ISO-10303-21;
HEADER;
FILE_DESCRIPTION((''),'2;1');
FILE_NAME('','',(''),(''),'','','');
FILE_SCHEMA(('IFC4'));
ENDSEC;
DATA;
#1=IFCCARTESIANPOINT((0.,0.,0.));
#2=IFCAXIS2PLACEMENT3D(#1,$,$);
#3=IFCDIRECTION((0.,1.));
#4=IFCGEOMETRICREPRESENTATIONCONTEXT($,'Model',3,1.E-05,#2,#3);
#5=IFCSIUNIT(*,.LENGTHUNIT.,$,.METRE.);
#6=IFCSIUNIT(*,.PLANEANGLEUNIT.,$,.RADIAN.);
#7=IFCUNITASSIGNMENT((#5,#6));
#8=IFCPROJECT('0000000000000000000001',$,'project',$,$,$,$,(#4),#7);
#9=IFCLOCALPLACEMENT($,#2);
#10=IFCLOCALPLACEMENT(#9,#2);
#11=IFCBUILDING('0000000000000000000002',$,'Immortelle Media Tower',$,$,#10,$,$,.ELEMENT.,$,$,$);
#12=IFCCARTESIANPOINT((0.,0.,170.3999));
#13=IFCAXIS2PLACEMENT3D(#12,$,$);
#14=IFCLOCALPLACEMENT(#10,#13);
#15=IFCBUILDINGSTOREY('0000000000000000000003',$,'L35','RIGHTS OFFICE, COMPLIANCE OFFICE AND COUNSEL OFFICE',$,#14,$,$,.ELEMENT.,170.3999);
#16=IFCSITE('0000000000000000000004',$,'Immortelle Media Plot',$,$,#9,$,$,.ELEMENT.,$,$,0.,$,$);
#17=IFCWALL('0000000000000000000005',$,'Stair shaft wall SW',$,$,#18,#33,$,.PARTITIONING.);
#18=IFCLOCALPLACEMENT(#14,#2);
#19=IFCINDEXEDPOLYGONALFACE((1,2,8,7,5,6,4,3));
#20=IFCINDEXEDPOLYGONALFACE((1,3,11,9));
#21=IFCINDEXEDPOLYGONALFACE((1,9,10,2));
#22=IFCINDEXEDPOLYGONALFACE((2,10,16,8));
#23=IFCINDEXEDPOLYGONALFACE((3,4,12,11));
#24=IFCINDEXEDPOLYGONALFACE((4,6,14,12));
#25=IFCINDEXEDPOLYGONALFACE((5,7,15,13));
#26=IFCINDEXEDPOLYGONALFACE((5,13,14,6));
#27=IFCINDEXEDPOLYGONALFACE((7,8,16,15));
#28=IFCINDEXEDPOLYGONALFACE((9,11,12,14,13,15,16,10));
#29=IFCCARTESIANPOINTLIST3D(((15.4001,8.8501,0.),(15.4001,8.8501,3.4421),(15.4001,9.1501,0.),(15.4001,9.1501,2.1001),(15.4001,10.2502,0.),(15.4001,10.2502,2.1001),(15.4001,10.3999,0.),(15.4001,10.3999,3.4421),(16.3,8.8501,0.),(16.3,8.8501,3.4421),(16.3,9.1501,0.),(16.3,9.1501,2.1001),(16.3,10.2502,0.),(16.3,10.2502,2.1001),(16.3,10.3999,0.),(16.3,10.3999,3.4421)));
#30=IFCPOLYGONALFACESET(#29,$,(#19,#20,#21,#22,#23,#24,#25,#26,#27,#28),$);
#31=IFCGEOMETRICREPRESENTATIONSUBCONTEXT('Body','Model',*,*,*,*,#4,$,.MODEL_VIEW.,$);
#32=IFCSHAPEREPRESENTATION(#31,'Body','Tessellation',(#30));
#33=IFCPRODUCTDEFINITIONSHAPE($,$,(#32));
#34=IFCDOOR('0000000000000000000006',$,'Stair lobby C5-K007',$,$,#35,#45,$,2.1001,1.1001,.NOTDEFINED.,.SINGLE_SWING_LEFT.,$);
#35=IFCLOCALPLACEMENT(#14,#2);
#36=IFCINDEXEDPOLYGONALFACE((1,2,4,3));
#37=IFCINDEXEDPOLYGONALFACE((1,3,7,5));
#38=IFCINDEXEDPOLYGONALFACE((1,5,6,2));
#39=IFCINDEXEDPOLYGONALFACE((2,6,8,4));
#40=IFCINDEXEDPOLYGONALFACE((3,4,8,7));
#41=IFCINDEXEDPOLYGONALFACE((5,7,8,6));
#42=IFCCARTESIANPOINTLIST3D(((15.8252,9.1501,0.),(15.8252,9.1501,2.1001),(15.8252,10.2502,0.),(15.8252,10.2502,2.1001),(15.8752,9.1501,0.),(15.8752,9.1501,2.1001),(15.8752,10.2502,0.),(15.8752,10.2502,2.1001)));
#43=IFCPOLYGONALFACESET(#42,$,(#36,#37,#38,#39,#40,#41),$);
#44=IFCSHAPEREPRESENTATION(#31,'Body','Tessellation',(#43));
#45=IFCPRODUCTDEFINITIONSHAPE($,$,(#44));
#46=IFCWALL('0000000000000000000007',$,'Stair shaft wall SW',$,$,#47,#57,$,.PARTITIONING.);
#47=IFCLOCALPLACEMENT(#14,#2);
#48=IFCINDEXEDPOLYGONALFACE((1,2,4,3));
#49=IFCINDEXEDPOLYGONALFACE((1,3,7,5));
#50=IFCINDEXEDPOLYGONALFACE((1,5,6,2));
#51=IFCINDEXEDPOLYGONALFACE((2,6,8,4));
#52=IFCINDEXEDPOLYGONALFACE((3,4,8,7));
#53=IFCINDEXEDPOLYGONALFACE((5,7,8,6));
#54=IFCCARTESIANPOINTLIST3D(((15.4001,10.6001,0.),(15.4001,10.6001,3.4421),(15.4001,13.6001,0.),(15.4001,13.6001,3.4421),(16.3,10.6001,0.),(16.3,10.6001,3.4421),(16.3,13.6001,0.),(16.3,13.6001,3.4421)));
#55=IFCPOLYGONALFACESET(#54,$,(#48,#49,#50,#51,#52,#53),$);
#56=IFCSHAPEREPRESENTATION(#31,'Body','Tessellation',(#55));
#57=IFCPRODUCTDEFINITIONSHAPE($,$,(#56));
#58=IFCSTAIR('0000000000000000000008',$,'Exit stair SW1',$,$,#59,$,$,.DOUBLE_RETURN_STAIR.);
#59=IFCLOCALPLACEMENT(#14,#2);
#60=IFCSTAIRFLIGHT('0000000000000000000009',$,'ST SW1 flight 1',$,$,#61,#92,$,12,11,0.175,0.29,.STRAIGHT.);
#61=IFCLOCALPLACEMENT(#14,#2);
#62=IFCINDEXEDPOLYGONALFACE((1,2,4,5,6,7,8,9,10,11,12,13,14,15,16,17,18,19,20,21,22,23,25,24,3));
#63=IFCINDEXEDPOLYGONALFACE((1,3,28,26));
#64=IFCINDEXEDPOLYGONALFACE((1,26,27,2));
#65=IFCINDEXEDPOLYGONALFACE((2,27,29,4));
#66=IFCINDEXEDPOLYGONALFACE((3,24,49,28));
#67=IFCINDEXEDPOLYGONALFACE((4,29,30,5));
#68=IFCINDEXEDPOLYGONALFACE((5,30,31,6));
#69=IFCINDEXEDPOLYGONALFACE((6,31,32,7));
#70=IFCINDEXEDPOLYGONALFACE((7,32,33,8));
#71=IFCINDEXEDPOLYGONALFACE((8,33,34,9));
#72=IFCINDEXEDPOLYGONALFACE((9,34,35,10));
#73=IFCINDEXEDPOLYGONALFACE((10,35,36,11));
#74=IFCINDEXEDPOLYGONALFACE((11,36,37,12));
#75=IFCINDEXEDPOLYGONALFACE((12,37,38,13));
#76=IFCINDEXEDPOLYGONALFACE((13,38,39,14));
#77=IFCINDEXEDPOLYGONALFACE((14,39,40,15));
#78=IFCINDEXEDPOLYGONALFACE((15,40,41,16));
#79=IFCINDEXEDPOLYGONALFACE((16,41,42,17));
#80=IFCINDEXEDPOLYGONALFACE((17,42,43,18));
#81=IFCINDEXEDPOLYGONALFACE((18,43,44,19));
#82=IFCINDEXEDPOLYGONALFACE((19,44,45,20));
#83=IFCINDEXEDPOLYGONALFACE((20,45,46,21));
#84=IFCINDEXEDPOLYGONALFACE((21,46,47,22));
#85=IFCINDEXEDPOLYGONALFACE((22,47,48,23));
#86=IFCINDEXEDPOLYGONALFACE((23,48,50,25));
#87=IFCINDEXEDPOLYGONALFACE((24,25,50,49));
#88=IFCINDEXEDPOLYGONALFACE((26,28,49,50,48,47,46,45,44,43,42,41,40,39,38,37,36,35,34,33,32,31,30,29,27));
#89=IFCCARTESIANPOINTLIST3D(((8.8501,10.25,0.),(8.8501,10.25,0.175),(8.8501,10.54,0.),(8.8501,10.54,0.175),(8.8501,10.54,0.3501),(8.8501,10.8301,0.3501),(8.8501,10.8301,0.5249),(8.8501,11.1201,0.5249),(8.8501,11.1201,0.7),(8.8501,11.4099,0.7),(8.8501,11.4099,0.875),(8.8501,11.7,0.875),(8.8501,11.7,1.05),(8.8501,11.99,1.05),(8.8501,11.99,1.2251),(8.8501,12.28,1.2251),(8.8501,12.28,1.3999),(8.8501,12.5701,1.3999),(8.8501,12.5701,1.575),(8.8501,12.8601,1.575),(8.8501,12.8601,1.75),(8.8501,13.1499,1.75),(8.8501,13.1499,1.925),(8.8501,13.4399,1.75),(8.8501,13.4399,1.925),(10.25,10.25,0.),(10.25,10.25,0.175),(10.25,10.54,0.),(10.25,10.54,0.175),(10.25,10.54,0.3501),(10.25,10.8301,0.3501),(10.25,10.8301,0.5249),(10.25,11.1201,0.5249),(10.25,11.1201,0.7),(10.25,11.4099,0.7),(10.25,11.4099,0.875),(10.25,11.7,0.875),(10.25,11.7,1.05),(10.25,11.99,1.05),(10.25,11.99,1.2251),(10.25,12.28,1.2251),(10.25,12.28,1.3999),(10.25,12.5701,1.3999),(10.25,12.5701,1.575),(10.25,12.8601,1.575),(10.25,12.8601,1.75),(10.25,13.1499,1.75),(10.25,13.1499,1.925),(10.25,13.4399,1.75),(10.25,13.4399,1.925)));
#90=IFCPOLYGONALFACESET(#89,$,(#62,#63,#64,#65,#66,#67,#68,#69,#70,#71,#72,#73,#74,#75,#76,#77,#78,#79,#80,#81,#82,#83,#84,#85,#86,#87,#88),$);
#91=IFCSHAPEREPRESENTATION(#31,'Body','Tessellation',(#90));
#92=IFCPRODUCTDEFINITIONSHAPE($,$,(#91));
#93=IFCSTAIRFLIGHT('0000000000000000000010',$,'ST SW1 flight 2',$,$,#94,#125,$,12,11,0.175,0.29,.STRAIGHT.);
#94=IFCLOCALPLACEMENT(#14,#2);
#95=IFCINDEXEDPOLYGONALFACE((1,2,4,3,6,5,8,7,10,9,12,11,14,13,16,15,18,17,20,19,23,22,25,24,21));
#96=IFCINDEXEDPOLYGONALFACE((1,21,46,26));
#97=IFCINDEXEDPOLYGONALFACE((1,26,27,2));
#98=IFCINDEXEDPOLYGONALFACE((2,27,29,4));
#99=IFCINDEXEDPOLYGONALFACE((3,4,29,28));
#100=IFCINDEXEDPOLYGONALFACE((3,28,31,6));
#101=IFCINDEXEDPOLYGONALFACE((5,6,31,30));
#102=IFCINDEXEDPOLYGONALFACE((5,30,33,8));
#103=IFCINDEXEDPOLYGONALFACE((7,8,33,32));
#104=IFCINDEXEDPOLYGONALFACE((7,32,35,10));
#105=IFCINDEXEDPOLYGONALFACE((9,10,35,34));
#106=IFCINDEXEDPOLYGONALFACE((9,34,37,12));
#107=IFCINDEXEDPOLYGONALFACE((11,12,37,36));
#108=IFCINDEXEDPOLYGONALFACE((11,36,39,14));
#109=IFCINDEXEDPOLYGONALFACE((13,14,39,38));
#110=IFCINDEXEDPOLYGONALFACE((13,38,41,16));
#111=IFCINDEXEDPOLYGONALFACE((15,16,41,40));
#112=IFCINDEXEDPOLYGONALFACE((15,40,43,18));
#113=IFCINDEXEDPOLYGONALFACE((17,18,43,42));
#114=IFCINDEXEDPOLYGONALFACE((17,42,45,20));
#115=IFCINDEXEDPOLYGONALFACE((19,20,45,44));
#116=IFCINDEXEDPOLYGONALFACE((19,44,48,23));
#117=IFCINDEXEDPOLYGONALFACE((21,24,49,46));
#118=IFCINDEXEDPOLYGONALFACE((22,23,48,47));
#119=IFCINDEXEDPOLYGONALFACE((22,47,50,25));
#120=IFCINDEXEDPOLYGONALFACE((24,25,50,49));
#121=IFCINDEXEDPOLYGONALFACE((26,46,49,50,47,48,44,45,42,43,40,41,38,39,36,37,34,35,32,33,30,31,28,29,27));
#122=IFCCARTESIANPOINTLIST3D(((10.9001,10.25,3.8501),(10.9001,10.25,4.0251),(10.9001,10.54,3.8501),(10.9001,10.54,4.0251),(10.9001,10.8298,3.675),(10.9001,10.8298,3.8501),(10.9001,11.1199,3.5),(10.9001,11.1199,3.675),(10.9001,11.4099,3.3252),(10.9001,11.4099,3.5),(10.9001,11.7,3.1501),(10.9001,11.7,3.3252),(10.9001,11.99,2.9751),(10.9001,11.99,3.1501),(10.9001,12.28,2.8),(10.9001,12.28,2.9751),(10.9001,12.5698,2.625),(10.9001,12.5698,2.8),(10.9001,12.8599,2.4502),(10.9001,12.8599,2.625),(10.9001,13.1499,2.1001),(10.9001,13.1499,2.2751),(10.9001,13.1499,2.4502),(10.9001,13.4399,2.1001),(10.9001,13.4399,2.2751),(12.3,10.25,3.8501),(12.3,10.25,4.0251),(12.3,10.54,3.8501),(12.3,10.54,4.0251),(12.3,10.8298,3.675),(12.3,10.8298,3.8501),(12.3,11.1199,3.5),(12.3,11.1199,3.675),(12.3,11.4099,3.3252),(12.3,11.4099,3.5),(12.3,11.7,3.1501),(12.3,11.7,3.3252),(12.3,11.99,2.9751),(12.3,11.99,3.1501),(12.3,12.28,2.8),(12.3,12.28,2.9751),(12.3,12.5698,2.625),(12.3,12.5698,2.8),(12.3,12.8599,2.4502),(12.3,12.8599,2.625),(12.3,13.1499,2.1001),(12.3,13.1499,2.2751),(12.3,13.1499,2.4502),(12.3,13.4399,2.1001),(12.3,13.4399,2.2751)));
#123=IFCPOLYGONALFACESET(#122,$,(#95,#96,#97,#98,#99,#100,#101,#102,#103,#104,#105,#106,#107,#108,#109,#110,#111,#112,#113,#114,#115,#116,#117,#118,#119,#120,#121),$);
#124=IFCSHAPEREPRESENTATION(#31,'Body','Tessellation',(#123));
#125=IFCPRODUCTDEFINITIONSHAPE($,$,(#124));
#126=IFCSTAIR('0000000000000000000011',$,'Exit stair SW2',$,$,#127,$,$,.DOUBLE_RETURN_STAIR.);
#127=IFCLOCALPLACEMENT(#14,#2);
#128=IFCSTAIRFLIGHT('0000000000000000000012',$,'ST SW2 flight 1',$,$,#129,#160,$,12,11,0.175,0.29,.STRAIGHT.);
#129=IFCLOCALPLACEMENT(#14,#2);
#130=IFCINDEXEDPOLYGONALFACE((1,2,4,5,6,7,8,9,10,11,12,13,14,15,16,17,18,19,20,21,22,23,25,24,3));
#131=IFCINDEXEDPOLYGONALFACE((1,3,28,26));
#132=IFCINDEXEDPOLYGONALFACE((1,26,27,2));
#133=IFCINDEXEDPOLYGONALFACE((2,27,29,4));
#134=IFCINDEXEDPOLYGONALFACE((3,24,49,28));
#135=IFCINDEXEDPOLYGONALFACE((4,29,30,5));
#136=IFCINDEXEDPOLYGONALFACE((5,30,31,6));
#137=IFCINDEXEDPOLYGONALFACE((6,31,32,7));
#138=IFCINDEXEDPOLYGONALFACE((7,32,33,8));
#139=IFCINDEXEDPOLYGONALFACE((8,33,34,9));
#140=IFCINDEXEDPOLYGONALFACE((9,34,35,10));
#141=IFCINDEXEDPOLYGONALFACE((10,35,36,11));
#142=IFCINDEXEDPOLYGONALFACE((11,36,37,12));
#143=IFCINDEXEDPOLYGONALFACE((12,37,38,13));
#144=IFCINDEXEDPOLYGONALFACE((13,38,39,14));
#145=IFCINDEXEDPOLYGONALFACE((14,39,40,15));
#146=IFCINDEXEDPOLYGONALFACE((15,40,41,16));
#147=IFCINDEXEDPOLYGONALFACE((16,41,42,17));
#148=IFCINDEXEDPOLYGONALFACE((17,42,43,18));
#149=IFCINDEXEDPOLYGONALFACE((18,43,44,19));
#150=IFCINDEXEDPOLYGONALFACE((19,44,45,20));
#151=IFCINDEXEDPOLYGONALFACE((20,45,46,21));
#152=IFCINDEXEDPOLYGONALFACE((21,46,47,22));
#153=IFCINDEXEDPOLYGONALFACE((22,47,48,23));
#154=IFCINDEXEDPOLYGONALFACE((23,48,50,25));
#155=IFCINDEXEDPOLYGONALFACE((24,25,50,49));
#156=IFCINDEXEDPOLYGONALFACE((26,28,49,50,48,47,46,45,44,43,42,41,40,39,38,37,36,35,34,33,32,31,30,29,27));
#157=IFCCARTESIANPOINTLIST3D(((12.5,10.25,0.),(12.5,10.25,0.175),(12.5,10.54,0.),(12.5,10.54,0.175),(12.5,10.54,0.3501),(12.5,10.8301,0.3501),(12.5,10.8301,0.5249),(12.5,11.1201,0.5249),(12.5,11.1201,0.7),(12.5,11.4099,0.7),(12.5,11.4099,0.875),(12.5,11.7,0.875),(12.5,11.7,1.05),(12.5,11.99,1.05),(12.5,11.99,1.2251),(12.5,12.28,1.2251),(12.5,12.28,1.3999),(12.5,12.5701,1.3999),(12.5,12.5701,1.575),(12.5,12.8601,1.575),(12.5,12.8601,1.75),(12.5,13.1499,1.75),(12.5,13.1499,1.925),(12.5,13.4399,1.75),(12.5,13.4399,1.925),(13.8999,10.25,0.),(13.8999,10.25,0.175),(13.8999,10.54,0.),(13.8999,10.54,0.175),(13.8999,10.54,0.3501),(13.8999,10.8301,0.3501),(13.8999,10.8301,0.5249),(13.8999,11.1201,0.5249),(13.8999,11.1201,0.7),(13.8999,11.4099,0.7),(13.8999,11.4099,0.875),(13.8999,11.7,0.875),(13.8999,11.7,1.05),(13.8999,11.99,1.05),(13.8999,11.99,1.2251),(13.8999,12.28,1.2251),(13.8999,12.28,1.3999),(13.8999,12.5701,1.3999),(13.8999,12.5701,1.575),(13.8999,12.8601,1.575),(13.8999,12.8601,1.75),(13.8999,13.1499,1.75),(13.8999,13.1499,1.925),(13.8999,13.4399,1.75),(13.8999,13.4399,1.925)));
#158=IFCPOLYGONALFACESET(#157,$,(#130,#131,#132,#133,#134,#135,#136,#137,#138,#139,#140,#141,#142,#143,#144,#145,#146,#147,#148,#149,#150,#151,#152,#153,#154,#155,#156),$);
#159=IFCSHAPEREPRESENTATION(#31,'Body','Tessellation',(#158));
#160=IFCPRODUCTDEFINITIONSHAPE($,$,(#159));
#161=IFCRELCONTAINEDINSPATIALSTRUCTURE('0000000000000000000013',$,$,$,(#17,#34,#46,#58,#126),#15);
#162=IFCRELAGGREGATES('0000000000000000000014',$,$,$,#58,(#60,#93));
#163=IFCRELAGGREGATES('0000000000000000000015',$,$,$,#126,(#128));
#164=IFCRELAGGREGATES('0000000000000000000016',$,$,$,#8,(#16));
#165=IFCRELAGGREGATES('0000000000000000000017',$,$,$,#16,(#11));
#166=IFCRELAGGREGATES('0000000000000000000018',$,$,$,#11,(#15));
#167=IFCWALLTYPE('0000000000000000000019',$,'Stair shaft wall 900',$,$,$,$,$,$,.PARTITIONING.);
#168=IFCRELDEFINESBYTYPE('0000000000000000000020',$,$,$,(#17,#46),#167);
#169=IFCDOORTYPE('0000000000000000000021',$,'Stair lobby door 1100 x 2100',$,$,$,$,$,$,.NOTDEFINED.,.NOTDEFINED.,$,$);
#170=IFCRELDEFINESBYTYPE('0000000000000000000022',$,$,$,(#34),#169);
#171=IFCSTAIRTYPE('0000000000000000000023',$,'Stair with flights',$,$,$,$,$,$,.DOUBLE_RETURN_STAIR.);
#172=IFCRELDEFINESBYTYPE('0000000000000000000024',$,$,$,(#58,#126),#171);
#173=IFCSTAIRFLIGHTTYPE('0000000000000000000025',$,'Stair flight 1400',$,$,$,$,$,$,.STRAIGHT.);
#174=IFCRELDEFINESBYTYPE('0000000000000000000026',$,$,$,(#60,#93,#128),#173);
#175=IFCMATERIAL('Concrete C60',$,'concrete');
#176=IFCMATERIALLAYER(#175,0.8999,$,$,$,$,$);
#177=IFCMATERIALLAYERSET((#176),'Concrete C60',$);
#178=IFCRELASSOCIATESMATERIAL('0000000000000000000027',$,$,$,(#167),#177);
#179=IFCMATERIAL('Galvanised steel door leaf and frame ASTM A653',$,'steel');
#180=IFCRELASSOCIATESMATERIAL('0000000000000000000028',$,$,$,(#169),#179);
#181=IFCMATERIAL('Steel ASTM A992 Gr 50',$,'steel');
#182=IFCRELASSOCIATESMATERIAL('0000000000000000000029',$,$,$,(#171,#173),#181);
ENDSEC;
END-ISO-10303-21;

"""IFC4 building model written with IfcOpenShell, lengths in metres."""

from ifc_helpers import new_model, si_unit, direction, frame, frame_2d, origin, place, context, subcontext, project, spatial, polyline, rectangle, outline, extrude, material, layer, layer_set, type_object, element, fill, aggregate, save


model = new_model("IFC4")

# Units and contexts
model_context = context("Model", 3, precision=1e-05, world=origin(), true_north=direction((0.0, 1.0)))
body_context = subcontext(model_context, "Body", "Model", "MODEL_VIEW")
ifc_project = project(units=[si_unit("LENGTHUNIT", "METRE"), si_unit("PLANEANGLEUNIT", "RADIAN")], contexts=[model_context])

# Site, building, storey
site_placement = place(None, origin())
site = spatial("IfcSite", under=ifc_project, at=site_placement, Name="Immortelle Media Plot", CompositionType="ELEMENT", RefElevation=0.0)
building_placement = place(site_placement, origin())
building = spatial("IfcBuilding", under=site, at=building_placement, Name="Immortelle Media Tower", CompositionType="ELEMENT")
storey_placement = place(building_placement, frame((0.0, 0.0, 170.3999)))
storey = spatial("IfcBuildingStorey", under=building, at=storey_placement, Name="L35", Description="RIGHTS OFFICE, COMPLIANCE OFFICE AND COUNSEL OFFICE", CompositionType="ELEMENT", Elevation=170.3999)

# Shared definitions
ifc_material_1 = material(Name="Steel ASTM A992 Gr 50", Category="steel")

# Wall, opening, door
ifc_material_2 = material(Name="Concrete C60", Category="concrete")
ifc_layer_1 = layer(ifc_material_2, 0.8999)
ifc_layer_set_1 = layer_set([ifc_layer_1], Name="Concrete C60")
wall_type_1 = type_object("IfcWallType", Name="Stair shaft wall 900", PredefinedType="PARTITIONING", material=ifc_layer_set_1)
wall_1_placement = place(storey_placement, frame((15.8501, 8.8501, 0.0), z_axis=(0.0, 0.0, 1.0), x_axis=(0.0, 1.0, 0.0)))
wall_1 = element("IfcWall", 1, at=wall_1_placement, inside=storey, type_object=wall_type_1, Name="Stair shaft wall SW", PredefinedType="PARTITIONING", context=body_context, shape_type="SweptSolid", body=[
    extrude(rectangle(XDim=1.5498, YDim=0.8999, at=frame_2d((0.7749, 0.0))), origin(), (0.0, 0.0, 1.0), 3.4421),
])
opening_1_placement = place(wall_1_placement, frame((0.3, 0.0, 0.0)))
opening_1 = element("IfcOpeningElement", 2, at=opening_1_placement, cuts=wall_1, PredefinedType="OPENING", context=body_context, shape_type="SweptSolid", body=[
    extrude(rectangle(XDim=1.1001, YDim=2.1001, at=frame_2d((0.55, 1.05))), frame((0.0, 0.46, 0.0), z_axis=(0.0, -1.0, 0.0), x_axis=(1.0, 0.0, 0.0)), (0.0, 0.0, 1.0), 0.9199),
])
ifc_material_3 = material(Name="Galvanised steel door leaf and frame ASTM A653", Category="steel")
door_type_1 = type_object("IfcDoorType", Name="Stair lobby door 1100 x 2100", OperationType="NOTDEFINED", PredefinedType="NOTDEFINED", material=ifc_material_3)
door_1_placement = place(opening_1_placement, origin())
door_1 = element("IfcDoor", 3, at=door_1_placement, inside=storey, type_object=door_type_1, Name="Stair lobby C5-K007", OperationType="SINGLE_SWING_LEFT", OverallHeight=2.1001, OverallWidth=1.1001, PredefinedType="NOTDEFINED", context=body_context, shape_type="SweptSolid", body=[
    extrude(rectangle(XDim=1.1001, YDim=2.1001, at=frame_2d((0.55, 1.05))), frame((0.0, 0.0249, 0.0), z_axis=(0.0, -1.0, 0.0), x_axis=(1.0, 0.0, 0.0)), (0.0, 0.0, 1.0), 0.05),
])
fill(opening_1, door_1)

# Wall
wall_2_placement = place(storey_placement, frame((15.8501, 10.6001, 0.0), z_axis=(0.0, 0.0, 1.0), x_axis=(0.0, 1.0, 0.0)))
element("IfcWall", 4, at=wall_2_placement, inside=storey, type_object=wall_type_1, Name="Stair shaft wall SW", PredefinedType="PARTITIONING", context=body_context, shape_type="SweptSolid", body=[
    extrude(rectangle(XDim=3.0, YDim=0.8999, at=frame_2d((1.5, 0.0))), origin(), (0.0, 0.0, 1.0), 3.4421),
])

# Stairs, stair flights
stair_type = type_object("IfcStairType", Name="Stair with flights", PredefinedType="DOUBLE_RETURN_STAIR", material=ifc_material_1)
stair_1_placement = place(storey_placement, origin())
stair_1 = element("IfcStair", 5, at=stair_1_placement, inside=storey, type_object=stair_type, Name="Exit stair SW1", PredefinedType="DOUBLE_RETURN_STAIR")
stair_flight_type = type_object("IfcStairFlightType", Name="Stair flight 1400", PredefinedType="STRAIGHT", material=ifc_material_1)
stair_flight_1_placement = place(storey_placement, frame((9.55, 10.25, 0.0), z_axis=(0.0, 0.0, 1.0), x_axis=(0.0, 1.0, 0.0)))
stair_flight_1 = element("IfcStairFlight", 6, at=stair_flight_1_placement, type_object=stair_flight_type, Name="ST SW1 flight 1", NumberOfRisers=12, NumberOfTreads=11, PredefinedType="STRAIGHT", RiserHeight=0.175, TreadLength=0.29, context=body_context, shape_type="SweptSolid", body=[
    extrude(outline(polyline([(0.0, 0.0), (0.0, 0.175), (0.29, 0.175), (0.29, 0.3501), (0.5801, 0.3501), (0.5801, 0.5249), (0.8701, 0.5249), (0.8701, 0.7), (1.1599, 0.7), (1.1599, 0.875), (1.45, 0.875), (1.45, 1.05), (1.74, 1.05), (1.74, 1.2251), (2.03, 1.2251), (2.03, 1.3999), (2.3201, 1.3999), (2.3201, 1.575), (2.6101, 1.575), (2.6101, 1.75), (2.8999, 1.75), (2.8999, 1.925), (3.1899, 1.925), (3.1899, 2.1001), (3.1899, 1.75), (0.29, 0.0), (0.0, 0.0)])), frame((0.0, 0.7, 0.0), z_axis=(0.0, -1.0, 0.0), x_axis=(1.0, 0.0, 0.0)), (0.0, 0.0, 1.0), 1.3999),
])
stair_flight_2_placement = place(storey_placement, frame((11.6001, 13.4399, 2.1001), z_axis=(0.0, 0.0, 1.0), x_axis=(0.0, -1.0, 0.0)))
stair_flight_2 = element("IfcStairFlight", 7, at=stair_flight_2_placement, type_object=stair_flight_type, Name="ST SW1 flight 2", NumberOfRisers=12, NumberOfTreads=11, PredefinedType="STRAIGHT", RiserHeight=0.175, TreadLength=0.29, context=body_context, shape_type="SweptSolid", body=[
    extrude(outline(polyline([(0.0, 0.0), (0.0, 0.175), (0.29, 0.175), (0.29, 0.3501), (0.5801, 0.3501), (0.5801, 0.5249), (0.8701, 0.5249), (0.8701, 0.7), (1.1599, 0.7), (1.1599, 0.875), (1.45, 0.875), (1.45, 1.05), (1.74, 1.05), (1.74, 1.2251), (2.03, 1.2251), (2.03, 1.3999), (2.3201, 1.3999), (2.3201, 1.575), (2.6101, 1.575), (2.6101, 1.75), (2.8999, 1.75), (2.8999, 1.925), (3.1899, 1.925), (3.1899, 2.1001), (3.1899, 1.75), (0.29, 0.0), (0.0, 0.0)])), frame((0.0, 0.7, 0.0), z_axis=(0.0, -1.0, 0.0), x_axis=(1.0, 0.0, 0.0)), (0.0, 0.0, 1.0), 1.3999),
])
aggregate(stair_1, [stair_flight_1, stair_flight_2])
stair_2_placement = place(storey_placement, origin())
stair_2 = element("IfcStair", 8, at=stair_2_placement, inside=storey, type_object=stair_type, Name="Exit stair SW2", PredefinedType="DOUBLE_RETURN_STAIR")
stair_flight_3_placement = place(storey_placement, frame((13.2, 10.25, 0.0), z_axis=(0.0, 0.0, 1.0), x_axis=(0.0, 1.0, 0.0)))
stair_flight_3 = element("IfcStairFlight", 9, at=stair_flight_3_placement, type_object=stair_flight_type, Name="ST SW2 flight 1", NumberOfRisers=12, NumberOfTreads=11, PredefinedType="STRAIGHT", RiserHeight=0.175, TreadLength=0.29, context=body_context, shape_type="SweptSolid", body=[
    extrude(outline(polyline([(0.0, 0.0), (0.0, 0.175), (0.29, 0.175), (0.29, 0.3501), (0.5801, 0.3501), (0.5801, 0.5249), (0.8701, 0.5249), (0.8701, 0.7), (1.1599, 0.7), (1.1599, 0.875), (1.45, 0.875), (1.45, 1.05), (1.74, 1.05), (1.74, 1.2251), (2.03, 1.2251), (2.03, 1.3999), (2.3201, 1.3999), (2.3201, 1.575), (2.6101, 1.575), (2.6101, 1.75), (2.8999, 1.75), (2.8999, 1.925), (3.1899, 1.925), (3.1899, 2.1001), (3.1899, 1.75), (0.29, 0.0), (0.0, 0.0)])), frame((0.0, 0.7, 0.0), z_axis=(0.0, -1.0, 0.0), x_axis=(1.0, 0.0, 0.0)), (0.0, 0.0, 1.0), 1.3999),
])
aggregate(stair_2, [stair_flight_3])

save(model, "model.ifc")
